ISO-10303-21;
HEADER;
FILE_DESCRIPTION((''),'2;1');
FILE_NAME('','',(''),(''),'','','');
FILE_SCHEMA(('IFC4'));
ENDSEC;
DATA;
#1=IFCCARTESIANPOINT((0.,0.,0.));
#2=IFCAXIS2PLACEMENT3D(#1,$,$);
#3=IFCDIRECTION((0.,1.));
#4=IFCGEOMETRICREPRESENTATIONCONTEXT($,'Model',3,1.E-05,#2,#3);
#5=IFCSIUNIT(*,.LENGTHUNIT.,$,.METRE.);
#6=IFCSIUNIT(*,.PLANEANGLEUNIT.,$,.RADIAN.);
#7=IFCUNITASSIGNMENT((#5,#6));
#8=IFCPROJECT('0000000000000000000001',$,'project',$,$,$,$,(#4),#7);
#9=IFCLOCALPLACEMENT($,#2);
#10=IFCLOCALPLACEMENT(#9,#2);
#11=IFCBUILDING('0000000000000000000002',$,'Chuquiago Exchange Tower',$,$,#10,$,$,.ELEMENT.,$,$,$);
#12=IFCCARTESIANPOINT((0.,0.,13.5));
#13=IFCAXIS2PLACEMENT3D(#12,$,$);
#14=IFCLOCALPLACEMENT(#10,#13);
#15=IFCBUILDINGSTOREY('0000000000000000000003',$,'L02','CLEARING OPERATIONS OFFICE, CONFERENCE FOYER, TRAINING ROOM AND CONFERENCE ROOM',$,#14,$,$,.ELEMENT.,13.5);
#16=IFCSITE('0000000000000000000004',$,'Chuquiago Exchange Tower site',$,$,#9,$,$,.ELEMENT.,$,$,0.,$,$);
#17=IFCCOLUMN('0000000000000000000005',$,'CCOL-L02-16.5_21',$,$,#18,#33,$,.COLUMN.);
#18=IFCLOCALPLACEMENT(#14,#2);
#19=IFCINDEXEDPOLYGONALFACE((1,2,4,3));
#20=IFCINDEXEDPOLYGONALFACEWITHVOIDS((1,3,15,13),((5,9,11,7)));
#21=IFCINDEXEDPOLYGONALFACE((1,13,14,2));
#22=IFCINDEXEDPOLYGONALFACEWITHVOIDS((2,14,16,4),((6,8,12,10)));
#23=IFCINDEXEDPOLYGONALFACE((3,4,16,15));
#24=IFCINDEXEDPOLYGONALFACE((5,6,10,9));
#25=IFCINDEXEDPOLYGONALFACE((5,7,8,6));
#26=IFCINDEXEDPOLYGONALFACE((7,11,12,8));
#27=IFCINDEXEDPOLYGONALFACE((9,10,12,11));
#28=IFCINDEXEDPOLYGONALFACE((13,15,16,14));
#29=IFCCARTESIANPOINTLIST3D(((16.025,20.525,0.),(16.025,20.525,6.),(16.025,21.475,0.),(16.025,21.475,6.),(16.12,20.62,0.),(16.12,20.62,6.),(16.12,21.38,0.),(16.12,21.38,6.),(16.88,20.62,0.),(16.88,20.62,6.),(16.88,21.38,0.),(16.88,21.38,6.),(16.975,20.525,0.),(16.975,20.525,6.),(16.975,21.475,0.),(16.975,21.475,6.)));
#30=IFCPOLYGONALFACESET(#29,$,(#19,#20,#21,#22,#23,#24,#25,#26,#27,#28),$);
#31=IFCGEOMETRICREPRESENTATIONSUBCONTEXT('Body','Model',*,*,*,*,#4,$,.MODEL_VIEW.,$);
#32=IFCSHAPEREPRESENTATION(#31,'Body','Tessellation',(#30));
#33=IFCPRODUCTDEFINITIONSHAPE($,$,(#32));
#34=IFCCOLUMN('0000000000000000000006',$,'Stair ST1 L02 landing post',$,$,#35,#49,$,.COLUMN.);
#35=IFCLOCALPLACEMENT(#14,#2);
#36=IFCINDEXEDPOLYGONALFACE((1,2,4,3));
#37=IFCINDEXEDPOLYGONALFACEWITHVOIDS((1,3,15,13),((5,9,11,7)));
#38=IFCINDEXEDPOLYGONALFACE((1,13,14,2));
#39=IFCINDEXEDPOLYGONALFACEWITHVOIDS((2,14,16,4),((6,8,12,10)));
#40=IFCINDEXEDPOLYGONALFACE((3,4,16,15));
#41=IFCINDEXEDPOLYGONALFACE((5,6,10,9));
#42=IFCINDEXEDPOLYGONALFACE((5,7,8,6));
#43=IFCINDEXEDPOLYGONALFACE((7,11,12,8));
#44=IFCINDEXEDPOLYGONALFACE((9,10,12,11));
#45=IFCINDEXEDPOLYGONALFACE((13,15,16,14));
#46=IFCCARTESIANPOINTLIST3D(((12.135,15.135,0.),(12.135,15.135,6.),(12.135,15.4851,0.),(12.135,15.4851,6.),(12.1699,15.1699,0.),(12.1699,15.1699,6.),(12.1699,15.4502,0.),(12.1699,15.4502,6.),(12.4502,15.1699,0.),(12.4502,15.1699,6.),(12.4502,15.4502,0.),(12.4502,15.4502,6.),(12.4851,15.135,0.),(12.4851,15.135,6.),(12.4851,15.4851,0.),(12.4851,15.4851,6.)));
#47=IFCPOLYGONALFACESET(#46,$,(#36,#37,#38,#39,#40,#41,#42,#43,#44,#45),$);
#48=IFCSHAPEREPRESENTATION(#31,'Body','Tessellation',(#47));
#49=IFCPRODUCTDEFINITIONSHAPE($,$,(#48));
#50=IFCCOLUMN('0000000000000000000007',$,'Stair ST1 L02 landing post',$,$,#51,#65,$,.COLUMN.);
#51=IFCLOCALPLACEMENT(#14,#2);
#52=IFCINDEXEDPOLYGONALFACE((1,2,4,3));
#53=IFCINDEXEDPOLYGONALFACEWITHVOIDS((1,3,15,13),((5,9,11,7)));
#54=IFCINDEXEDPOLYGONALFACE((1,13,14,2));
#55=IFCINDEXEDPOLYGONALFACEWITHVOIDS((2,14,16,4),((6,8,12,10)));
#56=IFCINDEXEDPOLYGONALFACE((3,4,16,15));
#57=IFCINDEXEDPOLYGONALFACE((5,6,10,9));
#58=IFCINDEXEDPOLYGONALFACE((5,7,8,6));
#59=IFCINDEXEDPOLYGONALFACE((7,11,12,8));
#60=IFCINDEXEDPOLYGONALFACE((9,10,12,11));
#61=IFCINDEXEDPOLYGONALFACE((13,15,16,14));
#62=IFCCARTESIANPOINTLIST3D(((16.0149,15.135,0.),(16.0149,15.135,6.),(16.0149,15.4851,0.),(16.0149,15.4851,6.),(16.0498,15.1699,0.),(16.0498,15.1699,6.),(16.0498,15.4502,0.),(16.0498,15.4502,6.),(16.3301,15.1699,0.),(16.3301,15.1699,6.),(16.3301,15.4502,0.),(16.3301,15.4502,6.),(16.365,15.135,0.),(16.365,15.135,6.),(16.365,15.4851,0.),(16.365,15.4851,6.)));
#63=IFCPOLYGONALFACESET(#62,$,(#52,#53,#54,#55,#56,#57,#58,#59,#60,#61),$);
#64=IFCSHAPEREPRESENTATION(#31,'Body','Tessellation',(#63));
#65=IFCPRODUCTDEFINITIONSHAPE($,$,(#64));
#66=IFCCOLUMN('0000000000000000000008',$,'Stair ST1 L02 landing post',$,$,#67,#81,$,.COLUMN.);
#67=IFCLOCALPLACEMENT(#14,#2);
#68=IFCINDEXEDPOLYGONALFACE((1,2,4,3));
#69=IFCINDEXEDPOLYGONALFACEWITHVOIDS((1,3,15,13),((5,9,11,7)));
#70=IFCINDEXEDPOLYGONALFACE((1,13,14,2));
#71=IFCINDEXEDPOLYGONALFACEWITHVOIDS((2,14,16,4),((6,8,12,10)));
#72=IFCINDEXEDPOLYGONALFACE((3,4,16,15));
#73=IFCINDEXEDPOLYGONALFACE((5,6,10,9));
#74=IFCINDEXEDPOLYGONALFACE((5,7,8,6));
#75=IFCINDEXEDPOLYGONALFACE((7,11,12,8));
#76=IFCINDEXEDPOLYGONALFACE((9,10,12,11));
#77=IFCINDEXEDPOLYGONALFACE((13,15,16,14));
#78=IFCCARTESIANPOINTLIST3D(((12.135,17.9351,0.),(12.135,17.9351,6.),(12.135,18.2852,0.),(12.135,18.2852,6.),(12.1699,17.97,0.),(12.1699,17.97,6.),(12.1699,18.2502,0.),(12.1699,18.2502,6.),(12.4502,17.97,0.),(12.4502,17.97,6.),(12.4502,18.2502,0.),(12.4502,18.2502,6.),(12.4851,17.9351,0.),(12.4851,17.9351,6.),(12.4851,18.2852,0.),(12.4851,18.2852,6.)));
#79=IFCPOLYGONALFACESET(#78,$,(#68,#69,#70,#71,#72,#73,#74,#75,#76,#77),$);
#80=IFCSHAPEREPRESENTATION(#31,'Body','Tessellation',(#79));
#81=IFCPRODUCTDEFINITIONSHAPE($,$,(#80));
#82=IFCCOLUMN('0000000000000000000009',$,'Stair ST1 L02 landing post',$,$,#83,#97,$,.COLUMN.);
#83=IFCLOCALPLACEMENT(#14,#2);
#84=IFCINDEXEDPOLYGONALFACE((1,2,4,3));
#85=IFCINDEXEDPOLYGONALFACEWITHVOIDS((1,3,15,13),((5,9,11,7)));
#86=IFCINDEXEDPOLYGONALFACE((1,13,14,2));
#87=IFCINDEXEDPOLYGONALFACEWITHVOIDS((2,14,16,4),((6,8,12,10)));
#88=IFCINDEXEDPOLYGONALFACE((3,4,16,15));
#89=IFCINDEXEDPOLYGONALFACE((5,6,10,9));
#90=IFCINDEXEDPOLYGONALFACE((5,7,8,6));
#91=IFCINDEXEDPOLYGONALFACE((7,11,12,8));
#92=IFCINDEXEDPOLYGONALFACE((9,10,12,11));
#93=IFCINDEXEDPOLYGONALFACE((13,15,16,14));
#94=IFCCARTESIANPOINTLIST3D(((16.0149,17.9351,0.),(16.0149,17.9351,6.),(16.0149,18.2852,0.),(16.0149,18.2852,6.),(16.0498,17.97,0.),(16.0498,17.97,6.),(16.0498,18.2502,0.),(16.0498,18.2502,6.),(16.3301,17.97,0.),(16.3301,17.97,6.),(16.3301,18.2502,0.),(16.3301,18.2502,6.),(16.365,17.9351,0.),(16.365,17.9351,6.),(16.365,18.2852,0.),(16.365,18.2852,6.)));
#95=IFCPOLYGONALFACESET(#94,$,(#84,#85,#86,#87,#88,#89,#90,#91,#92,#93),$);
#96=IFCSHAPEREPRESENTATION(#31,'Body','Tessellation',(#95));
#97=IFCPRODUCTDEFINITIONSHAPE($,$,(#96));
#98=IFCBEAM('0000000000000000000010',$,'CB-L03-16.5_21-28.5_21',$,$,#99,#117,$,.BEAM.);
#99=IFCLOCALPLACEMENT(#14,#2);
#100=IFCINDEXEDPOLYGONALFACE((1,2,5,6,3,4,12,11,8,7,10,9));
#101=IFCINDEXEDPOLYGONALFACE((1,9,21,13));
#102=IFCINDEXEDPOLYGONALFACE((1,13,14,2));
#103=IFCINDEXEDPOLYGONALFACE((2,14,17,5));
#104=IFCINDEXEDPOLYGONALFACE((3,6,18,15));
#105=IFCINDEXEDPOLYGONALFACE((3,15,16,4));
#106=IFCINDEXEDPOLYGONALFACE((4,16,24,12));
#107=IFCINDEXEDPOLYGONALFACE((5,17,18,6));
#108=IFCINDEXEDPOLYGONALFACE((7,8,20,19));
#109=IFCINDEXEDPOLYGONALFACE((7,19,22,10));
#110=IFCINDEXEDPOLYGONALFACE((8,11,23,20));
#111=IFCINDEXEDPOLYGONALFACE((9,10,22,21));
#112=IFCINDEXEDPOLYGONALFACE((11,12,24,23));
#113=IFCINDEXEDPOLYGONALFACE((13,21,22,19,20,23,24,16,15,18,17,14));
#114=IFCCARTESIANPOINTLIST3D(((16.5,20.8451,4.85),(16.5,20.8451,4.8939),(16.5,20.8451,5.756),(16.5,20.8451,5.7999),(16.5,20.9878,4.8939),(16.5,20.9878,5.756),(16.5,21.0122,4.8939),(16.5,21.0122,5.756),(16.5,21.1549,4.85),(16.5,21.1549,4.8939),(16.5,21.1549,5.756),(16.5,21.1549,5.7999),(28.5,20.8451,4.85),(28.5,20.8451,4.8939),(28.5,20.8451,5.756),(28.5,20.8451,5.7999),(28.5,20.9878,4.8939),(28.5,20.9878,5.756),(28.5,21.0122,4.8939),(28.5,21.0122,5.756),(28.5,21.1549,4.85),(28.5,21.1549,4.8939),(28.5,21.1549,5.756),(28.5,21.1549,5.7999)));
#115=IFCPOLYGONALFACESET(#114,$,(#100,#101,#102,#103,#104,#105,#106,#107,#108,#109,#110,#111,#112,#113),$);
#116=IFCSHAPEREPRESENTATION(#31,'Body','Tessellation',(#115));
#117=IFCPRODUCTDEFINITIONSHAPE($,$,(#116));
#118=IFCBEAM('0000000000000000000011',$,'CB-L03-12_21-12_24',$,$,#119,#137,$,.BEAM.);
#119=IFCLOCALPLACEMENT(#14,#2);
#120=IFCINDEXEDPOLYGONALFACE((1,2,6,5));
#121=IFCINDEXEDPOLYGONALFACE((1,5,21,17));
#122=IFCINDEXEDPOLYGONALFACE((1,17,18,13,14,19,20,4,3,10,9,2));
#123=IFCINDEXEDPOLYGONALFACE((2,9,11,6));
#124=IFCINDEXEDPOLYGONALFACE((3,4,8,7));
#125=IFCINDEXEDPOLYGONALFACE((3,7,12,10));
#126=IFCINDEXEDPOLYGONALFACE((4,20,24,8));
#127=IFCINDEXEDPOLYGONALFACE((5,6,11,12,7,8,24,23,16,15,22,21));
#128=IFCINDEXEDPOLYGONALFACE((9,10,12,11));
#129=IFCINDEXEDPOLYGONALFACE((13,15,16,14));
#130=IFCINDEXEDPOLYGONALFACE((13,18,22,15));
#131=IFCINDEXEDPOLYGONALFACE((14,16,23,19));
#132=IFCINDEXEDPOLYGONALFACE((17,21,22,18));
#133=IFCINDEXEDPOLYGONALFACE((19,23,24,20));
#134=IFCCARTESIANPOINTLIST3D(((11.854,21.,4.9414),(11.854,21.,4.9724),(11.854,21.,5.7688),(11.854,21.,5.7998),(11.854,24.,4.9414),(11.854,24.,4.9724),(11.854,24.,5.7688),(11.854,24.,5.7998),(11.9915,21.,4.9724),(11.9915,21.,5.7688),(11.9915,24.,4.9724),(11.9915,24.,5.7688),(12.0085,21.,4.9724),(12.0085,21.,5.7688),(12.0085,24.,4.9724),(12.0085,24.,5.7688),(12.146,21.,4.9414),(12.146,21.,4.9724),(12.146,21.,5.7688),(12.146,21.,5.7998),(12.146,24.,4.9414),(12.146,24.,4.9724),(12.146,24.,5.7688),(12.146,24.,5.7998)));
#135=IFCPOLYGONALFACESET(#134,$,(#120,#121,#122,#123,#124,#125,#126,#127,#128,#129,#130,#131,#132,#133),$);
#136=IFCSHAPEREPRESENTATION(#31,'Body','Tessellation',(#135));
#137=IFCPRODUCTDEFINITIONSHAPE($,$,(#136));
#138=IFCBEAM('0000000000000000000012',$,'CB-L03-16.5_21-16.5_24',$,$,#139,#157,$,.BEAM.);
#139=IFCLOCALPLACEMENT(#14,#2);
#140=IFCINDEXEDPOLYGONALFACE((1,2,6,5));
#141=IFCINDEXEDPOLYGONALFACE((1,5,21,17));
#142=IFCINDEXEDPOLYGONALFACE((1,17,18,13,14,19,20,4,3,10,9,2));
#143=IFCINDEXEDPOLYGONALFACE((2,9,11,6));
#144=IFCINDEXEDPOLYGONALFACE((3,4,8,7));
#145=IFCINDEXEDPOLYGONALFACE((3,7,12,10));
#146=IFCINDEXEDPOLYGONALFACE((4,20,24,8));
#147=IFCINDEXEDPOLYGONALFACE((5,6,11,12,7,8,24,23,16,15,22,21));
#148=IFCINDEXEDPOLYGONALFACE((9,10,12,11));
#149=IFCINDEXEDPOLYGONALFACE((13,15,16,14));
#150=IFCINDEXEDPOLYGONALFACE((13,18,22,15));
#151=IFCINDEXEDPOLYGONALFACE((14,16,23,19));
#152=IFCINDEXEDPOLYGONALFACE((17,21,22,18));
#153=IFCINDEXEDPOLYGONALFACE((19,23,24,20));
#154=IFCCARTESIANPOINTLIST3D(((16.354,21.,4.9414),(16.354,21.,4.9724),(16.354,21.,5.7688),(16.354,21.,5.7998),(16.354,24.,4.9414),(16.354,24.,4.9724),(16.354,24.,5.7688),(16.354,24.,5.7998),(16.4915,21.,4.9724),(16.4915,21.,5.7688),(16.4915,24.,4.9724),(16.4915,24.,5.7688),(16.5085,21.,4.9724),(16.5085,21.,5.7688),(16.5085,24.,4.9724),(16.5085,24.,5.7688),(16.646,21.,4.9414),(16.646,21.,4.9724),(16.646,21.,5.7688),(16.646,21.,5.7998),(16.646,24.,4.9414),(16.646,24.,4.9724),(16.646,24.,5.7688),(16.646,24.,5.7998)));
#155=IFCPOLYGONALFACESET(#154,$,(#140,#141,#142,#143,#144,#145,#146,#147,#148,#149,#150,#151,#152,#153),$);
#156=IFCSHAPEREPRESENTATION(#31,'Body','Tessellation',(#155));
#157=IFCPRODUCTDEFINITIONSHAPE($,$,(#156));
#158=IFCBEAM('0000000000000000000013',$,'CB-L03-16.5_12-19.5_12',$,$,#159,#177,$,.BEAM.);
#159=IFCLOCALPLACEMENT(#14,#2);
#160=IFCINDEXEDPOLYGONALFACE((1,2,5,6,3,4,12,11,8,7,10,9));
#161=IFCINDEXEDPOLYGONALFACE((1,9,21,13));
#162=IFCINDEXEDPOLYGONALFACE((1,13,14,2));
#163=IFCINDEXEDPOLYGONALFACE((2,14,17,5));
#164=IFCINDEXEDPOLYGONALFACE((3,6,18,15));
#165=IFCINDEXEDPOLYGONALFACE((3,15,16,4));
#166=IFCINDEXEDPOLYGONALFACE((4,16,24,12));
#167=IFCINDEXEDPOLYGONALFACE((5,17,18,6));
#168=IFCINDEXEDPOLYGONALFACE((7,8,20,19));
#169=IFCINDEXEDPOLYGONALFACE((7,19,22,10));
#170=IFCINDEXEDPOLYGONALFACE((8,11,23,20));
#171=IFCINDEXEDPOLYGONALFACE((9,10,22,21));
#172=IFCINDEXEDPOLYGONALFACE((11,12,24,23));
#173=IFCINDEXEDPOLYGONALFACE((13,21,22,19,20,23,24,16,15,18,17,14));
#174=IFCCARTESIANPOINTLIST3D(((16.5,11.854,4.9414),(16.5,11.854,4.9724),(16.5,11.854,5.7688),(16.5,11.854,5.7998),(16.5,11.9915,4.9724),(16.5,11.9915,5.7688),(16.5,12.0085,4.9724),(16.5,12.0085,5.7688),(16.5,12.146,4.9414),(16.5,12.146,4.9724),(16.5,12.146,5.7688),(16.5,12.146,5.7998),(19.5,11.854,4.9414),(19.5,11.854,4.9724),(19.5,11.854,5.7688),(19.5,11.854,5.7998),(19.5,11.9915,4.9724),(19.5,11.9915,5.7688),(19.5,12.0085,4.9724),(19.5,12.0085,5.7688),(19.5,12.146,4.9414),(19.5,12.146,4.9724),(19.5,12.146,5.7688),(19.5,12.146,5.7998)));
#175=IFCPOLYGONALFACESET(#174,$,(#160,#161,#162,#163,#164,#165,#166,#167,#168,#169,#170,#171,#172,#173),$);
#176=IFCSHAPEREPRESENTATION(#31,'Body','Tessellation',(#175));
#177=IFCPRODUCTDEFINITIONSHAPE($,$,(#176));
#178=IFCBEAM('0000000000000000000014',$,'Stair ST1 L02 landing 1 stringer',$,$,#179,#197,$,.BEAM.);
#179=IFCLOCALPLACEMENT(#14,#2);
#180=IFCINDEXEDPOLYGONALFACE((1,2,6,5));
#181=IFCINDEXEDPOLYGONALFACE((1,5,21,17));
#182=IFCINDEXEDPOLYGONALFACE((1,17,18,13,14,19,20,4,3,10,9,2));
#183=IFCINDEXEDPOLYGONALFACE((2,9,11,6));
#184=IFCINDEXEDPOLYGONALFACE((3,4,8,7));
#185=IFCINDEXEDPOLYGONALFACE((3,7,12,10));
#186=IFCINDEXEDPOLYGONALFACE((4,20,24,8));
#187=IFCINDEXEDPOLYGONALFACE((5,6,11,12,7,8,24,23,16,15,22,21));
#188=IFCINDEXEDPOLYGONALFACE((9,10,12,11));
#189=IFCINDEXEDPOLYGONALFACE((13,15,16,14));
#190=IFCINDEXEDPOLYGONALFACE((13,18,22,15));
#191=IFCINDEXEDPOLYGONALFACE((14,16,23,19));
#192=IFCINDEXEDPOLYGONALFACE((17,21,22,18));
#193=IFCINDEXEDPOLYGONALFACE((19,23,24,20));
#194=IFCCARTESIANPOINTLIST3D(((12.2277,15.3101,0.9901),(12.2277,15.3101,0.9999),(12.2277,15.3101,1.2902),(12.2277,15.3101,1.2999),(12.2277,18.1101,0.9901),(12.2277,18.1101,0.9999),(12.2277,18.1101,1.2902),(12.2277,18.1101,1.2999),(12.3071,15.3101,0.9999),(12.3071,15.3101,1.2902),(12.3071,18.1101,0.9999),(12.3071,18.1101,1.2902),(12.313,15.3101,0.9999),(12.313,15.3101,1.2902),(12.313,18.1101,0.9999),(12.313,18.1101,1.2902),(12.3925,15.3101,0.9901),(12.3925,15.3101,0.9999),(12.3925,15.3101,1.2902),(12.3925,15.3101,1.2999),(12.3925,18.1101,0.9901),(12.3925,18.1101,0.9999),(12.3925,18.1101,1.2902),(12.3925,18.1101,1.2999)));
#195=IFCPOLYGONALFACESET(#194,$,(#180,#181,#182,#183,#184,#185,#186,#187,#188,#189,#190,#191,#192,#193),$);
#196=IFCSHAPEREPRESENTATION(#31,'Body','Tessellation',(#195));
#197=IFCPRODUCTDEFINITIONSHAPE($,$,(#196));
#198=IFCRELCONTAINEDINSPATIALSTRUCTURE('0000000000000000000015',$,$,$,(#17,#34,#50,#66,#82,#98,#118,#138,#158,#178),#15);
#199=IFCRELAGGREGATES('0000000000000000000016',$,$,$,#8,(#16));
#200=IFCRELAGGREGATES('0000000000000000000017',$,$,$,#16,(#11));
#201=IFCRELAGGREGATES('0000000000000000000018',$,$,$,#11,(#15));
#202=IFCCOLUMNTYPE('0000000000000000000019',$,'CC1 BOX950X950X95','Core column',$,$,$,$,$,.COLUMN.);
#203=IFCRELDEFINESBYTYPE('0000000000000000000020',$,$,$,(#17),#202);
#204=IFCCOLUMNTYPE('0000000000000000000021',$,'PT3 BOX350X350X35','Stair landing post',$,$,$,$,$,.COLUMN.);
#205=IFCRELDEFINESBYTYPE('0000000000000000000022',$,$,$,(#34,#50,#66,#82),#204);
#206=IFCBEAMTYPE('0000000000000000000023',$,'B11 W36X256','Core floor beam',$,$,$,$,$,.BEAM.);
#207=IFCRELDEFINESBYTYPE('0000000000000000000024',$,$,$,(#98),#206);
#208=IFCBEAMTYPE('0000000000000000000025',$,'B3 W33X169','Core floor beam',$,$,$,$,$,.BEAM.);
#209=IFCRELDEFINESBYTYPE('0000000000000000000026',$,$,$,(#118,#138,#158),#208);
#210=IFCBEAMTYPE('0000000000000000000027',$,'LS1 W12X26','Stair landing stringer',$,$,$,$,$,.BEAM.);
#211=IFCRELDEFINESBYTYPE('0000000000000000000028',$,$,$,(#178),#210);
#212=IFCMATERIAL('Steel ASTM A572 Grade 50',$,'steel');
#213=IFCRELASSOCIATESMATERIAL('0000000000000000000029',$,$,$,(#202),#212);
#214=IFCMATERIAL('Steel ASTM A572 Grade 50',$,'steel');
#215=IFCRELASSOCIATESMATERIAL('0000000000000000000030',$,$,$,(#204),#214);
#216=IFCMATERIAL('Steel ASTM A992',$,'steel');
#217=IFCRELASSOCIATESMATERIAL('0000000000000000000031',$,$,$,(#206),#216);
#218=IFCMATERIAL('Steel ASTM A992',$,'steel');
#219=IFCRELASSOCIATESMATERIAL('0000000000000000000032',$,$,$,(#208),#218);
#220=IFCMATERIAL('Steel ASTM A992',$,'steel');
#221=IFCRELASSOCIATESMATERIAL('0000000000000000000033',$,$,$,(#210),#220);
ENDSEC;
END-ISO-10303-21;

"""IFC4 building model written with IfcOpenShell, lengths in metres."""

from ifc_helpers import new_model, si_unit, direction, frame, origin, origin_2d, place, context, subcontext, project, spatial, hollow_rectangle, i_section, extrude, material, material_profile, profile_set, type_object, element, save


model = new_model("IFC4")

# Units and contexts
model_context = context("Model", 3, precision=1e-05, world=origin(), true_north=direction((0.0, 1.0)))
body_context = subcontext(model_context, "Body", "Model", "MODEL_VIEW")
ifc_project = project(units=[si_unit("LENGTHUNIT", "METRE"), si_unit("PLANEANGLEUNIT", "RADIAN")], contexts=[model_context])

# Site, building, storey
site_placement = place(None, origin())
site = spatial("IfcSite", under=ifc_project, at=site_placement, Name="Chuquiago Exchange Tower site", CompositionType="ELEMENT", RefElevation=0.0)
building_placement = place(site_placement, origin())
building = spatial("IfcBuilding", under=site, at=building_placement, Name="Chuquiago Exchange Tower", CompositionType="ELEMENT")
storey_placement = place(building_placement, frame((0.0, 0.0, 13.5)))
storey = spatial("IfcBuildingStorey", under=building, at=storey_placement, Name="L02", Description="CLEARING OPERATIONS OFFICE, CONFERENCE FOYER, TRAINING ROOM AND CONFERENCE ROOM", CompositionType="ELEMENT", Elevation=13.5)

# Columns
ifc_material_1 = material(Name="Steel ASTM A572 Grade 50", Category="steel")
ifc_material_profile_1 = material_profile(ifc_material_1, hollow_rectangle(XDim=0.95, YDim=0.95, WallThickness=0.095, at=origin_2d()), Name="BOX950X950X95")
ifc_profile_set_1 = profile_set([ifc_material_profile_1], Name="Steel ASTM A572 Grade 50")
column_type_1 = type_object("IfcColumnType", Name="CC1 BOX950X950X95", Description="Core column", PredefinedType="COLUMN", material=ifc_profile_set_1)
column_placement = place(storey_placement, frame((16.5, 21.0, 0.0), z_axis=(0.0, 0.0, 1.0), x_axis=(1.0, 0.0, 0.0)))
element("IfcColumn", 1, at=column_placement, inside=storey, type_object=column_type_1, Name="CCOL-L02-16.5_21", PredefinedType="COLUMN", context=body_context, shape_type="SweptSolid", body=[
    extrude(hollow_rectangle(XDim=0.95, YDim=0.95, WallThickness=0.095, at=origin_2d()), origin(), (0.0, 0.0, 1.0), 6.0),
])
ifc_material_2 = material(Name="Steel ASTM A572 Grade 50", Category="steel")
ifc_material_profile_2 = material_profile(ifc_material_2, hollow_rectangle(XDim=0.3501, YDim=0.3501, WallThickness=0.0349, at=origin_2d()), Name="BOX350X350X35")
ifc_profile_set_2 = profile_set([ifc_material_profile_2], Name="Steel ASTM A572 Grade 50")
column_type_2 = type_object("IfcColumnType", Name="PT3 BOX350X350X35", Description="Stair landing post", PredefinedType="COLUMN", material=ifc_profile_set_2)
for number, where, z_axis, x_axis, name in (
    (2, (12.3101, 15.3101, 0.0), (0.0, 0.0, 1.0), (1.0, 0.0, 0.0), "Stair ST1 L02 landing post"),
    (3, (16.1899, 15.3101, 0.0), (0.0, 0.0, 1.0), (1.0, 0.0, 0.0), "Stair ST1 L02 landing post"),
    (4, (12.3101, 18.1101, 0.0), (0.0, 0.0, 1.0), (1.0, 0.0, 0.0), "Stair ST1 L02 landing post"),
    (5, (16.1899, 18.1101, 0.0), (0.0, 0.0, 1.0), (1.0, 0.0, 0.0), "Stair ST1 L02 landing post"),
):
    element("IfcColumn", number, at=place(storey_placement, frame(where, z_axis=z_axis, x_axis=x_axis)), inside=storey, type_object=column_type_2, Name=name, PredefinedType="COLUMN", context=body_context, shape_type="SweptSolid", body=[
        extrude(hollow_rectangle(XDim=0.3501, YDim=0.3501, WallThickness=0.0349, at=origin_2d()), origin(), (0.0, 0.0, 1.0), 6.0),
    ])

# Beams
ifc_material_3 = material(Name="Steel ASTM A992", Category="steel")
ifc_material_profile_3 = material_profile(ifc_material_3, i_section(OverallWidth=0.3098, OverallDepth=0.95, WebThickness=0.0244, FlangeThickness=0.0439, at=origin_2d()), Name="W36X256")
ifc_profile_set_3 = profile_set([ifc_material_profile_3], Name="Steel ASTM A992")
beam_type_1 = type_object("IfcBeamType", Name="B11 W36X256", Description="Core floor beam", PredefinedType="BEAM", material=ifc_profile_set_3)
beam_placement = place(storey_placement, frame((16.5, 21.0, 5.325), z_axis=(1.0, 0.0, 0.0), x_axis=(0.0, 1.0, 0.0)))
element("IfcBeam", 6, at=beam_placement, inside=storey, type_object=beam_type_1, Name="CB-L03-16.5_21-28.5_21", PredefinedType="BEAM", context=body_context, shape_type="SweptSolid", body=[
    extrude(i_section(OverallWidth=0.3098, OverallDepth=0.95, WebThickness=0.0244, FlangeThickness=0.0439, at=origin_2d()), origin(), (0.0, 0.0, 1.0), 12.0),
])
ifc_material_4 = material(Name="Steel ASTM A992", Category="steel")
ifc_material_profile_4 = material_profile(ifc_material_4, i_section(OverallWidth=0.292, OverallDepth=0.8584, WebThickness=0.0171, FlangeThickness=0.031, at=origin_2d()), Name="W33X169")
ifc_profile_set_4 = profile_set([ifc_material_profile_4], Name="Steel ASTM A992")
beam_type_2 = type_object("IfcBeamType", Name="B3 W33X169", Description="Core floor beam", PredefinedType="BEAM", material=ifc_profile_set_4)
for number, where, z_axis, x_axis, name in (
    (7, (12.0, 21.0, 5.3706), (0.0, 1.0, 0.0), (-1.0, 0.0, 0.0), "CB-L03-12_21-12_24"),
    (8, (16.5, 21.0, 5.3706), (0.0, 1.0, 0.0), (-1.0, 0.0, 0.0), "CB-L03-16.5_21-16.5_24"),
    (9, (16.5, 12.0, 5.3706), (1.0, 0.0, 0.0), (0.0, 1.0, 0.0), "CB-L03-16.5_12-19.5_12"),
):
    element("IfcBeam", number, at=place(storey_placement, frame(where, z_axis=z_axis, x_axis=x_axis)), inside=storey, type_object=beam_type_2, Name=name, PredefinedType="BEAM", context=body_context, shape_type="SweptSolid", body=[
        extrude(i_section(OverallWidth=0.292, OverallDepth=0.8584, WebThickness=0.0171, FlangeThickness=0.031, at=origin_2d()), origin(), (0.0, 0.0, 1.0), 3.0),
    ])
ifc_material_5 = material(Name="Steel ASTM A992", Category="steel")
ifc_material_profile_5 = material_profile(ifc_material_5, i_section(OverallWidth=0.1648, OverallDepth=0.3098, WebThickness=0.0059, FlangeThickness=0.0098, at=origin_2d()), Name="W12X26")
ifc_profile_set_5 = profile_set([ifc_material_profile_5], Name="Steel ASTM A992")
beam_type_3 = type_object("IfcBeamType", Name="LS1 W12X26", Description="Stair landing stringer", PredefinedType="BEAM", material=ifc_profile_set_5)
for number, where, z_axis, x_axis, name in (
    (10, (12.3101, 15.3101, 1.145), (0.0, 1.0, 0.0), (-1.0, 0.0, 0.0), "Stair ST1 L02 landing 1 stringer"),
):
    element("IfcBeam", number, at=place(storey_placement, frame(where, z_axis=z_axis, x_axis=x_axis)), inside=storey, type_object=beam_type_3, Name=name, PredefinedType="BEAM", context=body_context, shape_type="SweptSolid", body=[
        extrude(i_section(OverallWidth=0.1648, OverallDepth=0.3098, WebThickness=0.0059, FlangeThickness=0.0098, at=origin_2d()), origin(), (0.0, 0.0, 1.0), 2.8),
    ])

save(model, "model.ifc")
